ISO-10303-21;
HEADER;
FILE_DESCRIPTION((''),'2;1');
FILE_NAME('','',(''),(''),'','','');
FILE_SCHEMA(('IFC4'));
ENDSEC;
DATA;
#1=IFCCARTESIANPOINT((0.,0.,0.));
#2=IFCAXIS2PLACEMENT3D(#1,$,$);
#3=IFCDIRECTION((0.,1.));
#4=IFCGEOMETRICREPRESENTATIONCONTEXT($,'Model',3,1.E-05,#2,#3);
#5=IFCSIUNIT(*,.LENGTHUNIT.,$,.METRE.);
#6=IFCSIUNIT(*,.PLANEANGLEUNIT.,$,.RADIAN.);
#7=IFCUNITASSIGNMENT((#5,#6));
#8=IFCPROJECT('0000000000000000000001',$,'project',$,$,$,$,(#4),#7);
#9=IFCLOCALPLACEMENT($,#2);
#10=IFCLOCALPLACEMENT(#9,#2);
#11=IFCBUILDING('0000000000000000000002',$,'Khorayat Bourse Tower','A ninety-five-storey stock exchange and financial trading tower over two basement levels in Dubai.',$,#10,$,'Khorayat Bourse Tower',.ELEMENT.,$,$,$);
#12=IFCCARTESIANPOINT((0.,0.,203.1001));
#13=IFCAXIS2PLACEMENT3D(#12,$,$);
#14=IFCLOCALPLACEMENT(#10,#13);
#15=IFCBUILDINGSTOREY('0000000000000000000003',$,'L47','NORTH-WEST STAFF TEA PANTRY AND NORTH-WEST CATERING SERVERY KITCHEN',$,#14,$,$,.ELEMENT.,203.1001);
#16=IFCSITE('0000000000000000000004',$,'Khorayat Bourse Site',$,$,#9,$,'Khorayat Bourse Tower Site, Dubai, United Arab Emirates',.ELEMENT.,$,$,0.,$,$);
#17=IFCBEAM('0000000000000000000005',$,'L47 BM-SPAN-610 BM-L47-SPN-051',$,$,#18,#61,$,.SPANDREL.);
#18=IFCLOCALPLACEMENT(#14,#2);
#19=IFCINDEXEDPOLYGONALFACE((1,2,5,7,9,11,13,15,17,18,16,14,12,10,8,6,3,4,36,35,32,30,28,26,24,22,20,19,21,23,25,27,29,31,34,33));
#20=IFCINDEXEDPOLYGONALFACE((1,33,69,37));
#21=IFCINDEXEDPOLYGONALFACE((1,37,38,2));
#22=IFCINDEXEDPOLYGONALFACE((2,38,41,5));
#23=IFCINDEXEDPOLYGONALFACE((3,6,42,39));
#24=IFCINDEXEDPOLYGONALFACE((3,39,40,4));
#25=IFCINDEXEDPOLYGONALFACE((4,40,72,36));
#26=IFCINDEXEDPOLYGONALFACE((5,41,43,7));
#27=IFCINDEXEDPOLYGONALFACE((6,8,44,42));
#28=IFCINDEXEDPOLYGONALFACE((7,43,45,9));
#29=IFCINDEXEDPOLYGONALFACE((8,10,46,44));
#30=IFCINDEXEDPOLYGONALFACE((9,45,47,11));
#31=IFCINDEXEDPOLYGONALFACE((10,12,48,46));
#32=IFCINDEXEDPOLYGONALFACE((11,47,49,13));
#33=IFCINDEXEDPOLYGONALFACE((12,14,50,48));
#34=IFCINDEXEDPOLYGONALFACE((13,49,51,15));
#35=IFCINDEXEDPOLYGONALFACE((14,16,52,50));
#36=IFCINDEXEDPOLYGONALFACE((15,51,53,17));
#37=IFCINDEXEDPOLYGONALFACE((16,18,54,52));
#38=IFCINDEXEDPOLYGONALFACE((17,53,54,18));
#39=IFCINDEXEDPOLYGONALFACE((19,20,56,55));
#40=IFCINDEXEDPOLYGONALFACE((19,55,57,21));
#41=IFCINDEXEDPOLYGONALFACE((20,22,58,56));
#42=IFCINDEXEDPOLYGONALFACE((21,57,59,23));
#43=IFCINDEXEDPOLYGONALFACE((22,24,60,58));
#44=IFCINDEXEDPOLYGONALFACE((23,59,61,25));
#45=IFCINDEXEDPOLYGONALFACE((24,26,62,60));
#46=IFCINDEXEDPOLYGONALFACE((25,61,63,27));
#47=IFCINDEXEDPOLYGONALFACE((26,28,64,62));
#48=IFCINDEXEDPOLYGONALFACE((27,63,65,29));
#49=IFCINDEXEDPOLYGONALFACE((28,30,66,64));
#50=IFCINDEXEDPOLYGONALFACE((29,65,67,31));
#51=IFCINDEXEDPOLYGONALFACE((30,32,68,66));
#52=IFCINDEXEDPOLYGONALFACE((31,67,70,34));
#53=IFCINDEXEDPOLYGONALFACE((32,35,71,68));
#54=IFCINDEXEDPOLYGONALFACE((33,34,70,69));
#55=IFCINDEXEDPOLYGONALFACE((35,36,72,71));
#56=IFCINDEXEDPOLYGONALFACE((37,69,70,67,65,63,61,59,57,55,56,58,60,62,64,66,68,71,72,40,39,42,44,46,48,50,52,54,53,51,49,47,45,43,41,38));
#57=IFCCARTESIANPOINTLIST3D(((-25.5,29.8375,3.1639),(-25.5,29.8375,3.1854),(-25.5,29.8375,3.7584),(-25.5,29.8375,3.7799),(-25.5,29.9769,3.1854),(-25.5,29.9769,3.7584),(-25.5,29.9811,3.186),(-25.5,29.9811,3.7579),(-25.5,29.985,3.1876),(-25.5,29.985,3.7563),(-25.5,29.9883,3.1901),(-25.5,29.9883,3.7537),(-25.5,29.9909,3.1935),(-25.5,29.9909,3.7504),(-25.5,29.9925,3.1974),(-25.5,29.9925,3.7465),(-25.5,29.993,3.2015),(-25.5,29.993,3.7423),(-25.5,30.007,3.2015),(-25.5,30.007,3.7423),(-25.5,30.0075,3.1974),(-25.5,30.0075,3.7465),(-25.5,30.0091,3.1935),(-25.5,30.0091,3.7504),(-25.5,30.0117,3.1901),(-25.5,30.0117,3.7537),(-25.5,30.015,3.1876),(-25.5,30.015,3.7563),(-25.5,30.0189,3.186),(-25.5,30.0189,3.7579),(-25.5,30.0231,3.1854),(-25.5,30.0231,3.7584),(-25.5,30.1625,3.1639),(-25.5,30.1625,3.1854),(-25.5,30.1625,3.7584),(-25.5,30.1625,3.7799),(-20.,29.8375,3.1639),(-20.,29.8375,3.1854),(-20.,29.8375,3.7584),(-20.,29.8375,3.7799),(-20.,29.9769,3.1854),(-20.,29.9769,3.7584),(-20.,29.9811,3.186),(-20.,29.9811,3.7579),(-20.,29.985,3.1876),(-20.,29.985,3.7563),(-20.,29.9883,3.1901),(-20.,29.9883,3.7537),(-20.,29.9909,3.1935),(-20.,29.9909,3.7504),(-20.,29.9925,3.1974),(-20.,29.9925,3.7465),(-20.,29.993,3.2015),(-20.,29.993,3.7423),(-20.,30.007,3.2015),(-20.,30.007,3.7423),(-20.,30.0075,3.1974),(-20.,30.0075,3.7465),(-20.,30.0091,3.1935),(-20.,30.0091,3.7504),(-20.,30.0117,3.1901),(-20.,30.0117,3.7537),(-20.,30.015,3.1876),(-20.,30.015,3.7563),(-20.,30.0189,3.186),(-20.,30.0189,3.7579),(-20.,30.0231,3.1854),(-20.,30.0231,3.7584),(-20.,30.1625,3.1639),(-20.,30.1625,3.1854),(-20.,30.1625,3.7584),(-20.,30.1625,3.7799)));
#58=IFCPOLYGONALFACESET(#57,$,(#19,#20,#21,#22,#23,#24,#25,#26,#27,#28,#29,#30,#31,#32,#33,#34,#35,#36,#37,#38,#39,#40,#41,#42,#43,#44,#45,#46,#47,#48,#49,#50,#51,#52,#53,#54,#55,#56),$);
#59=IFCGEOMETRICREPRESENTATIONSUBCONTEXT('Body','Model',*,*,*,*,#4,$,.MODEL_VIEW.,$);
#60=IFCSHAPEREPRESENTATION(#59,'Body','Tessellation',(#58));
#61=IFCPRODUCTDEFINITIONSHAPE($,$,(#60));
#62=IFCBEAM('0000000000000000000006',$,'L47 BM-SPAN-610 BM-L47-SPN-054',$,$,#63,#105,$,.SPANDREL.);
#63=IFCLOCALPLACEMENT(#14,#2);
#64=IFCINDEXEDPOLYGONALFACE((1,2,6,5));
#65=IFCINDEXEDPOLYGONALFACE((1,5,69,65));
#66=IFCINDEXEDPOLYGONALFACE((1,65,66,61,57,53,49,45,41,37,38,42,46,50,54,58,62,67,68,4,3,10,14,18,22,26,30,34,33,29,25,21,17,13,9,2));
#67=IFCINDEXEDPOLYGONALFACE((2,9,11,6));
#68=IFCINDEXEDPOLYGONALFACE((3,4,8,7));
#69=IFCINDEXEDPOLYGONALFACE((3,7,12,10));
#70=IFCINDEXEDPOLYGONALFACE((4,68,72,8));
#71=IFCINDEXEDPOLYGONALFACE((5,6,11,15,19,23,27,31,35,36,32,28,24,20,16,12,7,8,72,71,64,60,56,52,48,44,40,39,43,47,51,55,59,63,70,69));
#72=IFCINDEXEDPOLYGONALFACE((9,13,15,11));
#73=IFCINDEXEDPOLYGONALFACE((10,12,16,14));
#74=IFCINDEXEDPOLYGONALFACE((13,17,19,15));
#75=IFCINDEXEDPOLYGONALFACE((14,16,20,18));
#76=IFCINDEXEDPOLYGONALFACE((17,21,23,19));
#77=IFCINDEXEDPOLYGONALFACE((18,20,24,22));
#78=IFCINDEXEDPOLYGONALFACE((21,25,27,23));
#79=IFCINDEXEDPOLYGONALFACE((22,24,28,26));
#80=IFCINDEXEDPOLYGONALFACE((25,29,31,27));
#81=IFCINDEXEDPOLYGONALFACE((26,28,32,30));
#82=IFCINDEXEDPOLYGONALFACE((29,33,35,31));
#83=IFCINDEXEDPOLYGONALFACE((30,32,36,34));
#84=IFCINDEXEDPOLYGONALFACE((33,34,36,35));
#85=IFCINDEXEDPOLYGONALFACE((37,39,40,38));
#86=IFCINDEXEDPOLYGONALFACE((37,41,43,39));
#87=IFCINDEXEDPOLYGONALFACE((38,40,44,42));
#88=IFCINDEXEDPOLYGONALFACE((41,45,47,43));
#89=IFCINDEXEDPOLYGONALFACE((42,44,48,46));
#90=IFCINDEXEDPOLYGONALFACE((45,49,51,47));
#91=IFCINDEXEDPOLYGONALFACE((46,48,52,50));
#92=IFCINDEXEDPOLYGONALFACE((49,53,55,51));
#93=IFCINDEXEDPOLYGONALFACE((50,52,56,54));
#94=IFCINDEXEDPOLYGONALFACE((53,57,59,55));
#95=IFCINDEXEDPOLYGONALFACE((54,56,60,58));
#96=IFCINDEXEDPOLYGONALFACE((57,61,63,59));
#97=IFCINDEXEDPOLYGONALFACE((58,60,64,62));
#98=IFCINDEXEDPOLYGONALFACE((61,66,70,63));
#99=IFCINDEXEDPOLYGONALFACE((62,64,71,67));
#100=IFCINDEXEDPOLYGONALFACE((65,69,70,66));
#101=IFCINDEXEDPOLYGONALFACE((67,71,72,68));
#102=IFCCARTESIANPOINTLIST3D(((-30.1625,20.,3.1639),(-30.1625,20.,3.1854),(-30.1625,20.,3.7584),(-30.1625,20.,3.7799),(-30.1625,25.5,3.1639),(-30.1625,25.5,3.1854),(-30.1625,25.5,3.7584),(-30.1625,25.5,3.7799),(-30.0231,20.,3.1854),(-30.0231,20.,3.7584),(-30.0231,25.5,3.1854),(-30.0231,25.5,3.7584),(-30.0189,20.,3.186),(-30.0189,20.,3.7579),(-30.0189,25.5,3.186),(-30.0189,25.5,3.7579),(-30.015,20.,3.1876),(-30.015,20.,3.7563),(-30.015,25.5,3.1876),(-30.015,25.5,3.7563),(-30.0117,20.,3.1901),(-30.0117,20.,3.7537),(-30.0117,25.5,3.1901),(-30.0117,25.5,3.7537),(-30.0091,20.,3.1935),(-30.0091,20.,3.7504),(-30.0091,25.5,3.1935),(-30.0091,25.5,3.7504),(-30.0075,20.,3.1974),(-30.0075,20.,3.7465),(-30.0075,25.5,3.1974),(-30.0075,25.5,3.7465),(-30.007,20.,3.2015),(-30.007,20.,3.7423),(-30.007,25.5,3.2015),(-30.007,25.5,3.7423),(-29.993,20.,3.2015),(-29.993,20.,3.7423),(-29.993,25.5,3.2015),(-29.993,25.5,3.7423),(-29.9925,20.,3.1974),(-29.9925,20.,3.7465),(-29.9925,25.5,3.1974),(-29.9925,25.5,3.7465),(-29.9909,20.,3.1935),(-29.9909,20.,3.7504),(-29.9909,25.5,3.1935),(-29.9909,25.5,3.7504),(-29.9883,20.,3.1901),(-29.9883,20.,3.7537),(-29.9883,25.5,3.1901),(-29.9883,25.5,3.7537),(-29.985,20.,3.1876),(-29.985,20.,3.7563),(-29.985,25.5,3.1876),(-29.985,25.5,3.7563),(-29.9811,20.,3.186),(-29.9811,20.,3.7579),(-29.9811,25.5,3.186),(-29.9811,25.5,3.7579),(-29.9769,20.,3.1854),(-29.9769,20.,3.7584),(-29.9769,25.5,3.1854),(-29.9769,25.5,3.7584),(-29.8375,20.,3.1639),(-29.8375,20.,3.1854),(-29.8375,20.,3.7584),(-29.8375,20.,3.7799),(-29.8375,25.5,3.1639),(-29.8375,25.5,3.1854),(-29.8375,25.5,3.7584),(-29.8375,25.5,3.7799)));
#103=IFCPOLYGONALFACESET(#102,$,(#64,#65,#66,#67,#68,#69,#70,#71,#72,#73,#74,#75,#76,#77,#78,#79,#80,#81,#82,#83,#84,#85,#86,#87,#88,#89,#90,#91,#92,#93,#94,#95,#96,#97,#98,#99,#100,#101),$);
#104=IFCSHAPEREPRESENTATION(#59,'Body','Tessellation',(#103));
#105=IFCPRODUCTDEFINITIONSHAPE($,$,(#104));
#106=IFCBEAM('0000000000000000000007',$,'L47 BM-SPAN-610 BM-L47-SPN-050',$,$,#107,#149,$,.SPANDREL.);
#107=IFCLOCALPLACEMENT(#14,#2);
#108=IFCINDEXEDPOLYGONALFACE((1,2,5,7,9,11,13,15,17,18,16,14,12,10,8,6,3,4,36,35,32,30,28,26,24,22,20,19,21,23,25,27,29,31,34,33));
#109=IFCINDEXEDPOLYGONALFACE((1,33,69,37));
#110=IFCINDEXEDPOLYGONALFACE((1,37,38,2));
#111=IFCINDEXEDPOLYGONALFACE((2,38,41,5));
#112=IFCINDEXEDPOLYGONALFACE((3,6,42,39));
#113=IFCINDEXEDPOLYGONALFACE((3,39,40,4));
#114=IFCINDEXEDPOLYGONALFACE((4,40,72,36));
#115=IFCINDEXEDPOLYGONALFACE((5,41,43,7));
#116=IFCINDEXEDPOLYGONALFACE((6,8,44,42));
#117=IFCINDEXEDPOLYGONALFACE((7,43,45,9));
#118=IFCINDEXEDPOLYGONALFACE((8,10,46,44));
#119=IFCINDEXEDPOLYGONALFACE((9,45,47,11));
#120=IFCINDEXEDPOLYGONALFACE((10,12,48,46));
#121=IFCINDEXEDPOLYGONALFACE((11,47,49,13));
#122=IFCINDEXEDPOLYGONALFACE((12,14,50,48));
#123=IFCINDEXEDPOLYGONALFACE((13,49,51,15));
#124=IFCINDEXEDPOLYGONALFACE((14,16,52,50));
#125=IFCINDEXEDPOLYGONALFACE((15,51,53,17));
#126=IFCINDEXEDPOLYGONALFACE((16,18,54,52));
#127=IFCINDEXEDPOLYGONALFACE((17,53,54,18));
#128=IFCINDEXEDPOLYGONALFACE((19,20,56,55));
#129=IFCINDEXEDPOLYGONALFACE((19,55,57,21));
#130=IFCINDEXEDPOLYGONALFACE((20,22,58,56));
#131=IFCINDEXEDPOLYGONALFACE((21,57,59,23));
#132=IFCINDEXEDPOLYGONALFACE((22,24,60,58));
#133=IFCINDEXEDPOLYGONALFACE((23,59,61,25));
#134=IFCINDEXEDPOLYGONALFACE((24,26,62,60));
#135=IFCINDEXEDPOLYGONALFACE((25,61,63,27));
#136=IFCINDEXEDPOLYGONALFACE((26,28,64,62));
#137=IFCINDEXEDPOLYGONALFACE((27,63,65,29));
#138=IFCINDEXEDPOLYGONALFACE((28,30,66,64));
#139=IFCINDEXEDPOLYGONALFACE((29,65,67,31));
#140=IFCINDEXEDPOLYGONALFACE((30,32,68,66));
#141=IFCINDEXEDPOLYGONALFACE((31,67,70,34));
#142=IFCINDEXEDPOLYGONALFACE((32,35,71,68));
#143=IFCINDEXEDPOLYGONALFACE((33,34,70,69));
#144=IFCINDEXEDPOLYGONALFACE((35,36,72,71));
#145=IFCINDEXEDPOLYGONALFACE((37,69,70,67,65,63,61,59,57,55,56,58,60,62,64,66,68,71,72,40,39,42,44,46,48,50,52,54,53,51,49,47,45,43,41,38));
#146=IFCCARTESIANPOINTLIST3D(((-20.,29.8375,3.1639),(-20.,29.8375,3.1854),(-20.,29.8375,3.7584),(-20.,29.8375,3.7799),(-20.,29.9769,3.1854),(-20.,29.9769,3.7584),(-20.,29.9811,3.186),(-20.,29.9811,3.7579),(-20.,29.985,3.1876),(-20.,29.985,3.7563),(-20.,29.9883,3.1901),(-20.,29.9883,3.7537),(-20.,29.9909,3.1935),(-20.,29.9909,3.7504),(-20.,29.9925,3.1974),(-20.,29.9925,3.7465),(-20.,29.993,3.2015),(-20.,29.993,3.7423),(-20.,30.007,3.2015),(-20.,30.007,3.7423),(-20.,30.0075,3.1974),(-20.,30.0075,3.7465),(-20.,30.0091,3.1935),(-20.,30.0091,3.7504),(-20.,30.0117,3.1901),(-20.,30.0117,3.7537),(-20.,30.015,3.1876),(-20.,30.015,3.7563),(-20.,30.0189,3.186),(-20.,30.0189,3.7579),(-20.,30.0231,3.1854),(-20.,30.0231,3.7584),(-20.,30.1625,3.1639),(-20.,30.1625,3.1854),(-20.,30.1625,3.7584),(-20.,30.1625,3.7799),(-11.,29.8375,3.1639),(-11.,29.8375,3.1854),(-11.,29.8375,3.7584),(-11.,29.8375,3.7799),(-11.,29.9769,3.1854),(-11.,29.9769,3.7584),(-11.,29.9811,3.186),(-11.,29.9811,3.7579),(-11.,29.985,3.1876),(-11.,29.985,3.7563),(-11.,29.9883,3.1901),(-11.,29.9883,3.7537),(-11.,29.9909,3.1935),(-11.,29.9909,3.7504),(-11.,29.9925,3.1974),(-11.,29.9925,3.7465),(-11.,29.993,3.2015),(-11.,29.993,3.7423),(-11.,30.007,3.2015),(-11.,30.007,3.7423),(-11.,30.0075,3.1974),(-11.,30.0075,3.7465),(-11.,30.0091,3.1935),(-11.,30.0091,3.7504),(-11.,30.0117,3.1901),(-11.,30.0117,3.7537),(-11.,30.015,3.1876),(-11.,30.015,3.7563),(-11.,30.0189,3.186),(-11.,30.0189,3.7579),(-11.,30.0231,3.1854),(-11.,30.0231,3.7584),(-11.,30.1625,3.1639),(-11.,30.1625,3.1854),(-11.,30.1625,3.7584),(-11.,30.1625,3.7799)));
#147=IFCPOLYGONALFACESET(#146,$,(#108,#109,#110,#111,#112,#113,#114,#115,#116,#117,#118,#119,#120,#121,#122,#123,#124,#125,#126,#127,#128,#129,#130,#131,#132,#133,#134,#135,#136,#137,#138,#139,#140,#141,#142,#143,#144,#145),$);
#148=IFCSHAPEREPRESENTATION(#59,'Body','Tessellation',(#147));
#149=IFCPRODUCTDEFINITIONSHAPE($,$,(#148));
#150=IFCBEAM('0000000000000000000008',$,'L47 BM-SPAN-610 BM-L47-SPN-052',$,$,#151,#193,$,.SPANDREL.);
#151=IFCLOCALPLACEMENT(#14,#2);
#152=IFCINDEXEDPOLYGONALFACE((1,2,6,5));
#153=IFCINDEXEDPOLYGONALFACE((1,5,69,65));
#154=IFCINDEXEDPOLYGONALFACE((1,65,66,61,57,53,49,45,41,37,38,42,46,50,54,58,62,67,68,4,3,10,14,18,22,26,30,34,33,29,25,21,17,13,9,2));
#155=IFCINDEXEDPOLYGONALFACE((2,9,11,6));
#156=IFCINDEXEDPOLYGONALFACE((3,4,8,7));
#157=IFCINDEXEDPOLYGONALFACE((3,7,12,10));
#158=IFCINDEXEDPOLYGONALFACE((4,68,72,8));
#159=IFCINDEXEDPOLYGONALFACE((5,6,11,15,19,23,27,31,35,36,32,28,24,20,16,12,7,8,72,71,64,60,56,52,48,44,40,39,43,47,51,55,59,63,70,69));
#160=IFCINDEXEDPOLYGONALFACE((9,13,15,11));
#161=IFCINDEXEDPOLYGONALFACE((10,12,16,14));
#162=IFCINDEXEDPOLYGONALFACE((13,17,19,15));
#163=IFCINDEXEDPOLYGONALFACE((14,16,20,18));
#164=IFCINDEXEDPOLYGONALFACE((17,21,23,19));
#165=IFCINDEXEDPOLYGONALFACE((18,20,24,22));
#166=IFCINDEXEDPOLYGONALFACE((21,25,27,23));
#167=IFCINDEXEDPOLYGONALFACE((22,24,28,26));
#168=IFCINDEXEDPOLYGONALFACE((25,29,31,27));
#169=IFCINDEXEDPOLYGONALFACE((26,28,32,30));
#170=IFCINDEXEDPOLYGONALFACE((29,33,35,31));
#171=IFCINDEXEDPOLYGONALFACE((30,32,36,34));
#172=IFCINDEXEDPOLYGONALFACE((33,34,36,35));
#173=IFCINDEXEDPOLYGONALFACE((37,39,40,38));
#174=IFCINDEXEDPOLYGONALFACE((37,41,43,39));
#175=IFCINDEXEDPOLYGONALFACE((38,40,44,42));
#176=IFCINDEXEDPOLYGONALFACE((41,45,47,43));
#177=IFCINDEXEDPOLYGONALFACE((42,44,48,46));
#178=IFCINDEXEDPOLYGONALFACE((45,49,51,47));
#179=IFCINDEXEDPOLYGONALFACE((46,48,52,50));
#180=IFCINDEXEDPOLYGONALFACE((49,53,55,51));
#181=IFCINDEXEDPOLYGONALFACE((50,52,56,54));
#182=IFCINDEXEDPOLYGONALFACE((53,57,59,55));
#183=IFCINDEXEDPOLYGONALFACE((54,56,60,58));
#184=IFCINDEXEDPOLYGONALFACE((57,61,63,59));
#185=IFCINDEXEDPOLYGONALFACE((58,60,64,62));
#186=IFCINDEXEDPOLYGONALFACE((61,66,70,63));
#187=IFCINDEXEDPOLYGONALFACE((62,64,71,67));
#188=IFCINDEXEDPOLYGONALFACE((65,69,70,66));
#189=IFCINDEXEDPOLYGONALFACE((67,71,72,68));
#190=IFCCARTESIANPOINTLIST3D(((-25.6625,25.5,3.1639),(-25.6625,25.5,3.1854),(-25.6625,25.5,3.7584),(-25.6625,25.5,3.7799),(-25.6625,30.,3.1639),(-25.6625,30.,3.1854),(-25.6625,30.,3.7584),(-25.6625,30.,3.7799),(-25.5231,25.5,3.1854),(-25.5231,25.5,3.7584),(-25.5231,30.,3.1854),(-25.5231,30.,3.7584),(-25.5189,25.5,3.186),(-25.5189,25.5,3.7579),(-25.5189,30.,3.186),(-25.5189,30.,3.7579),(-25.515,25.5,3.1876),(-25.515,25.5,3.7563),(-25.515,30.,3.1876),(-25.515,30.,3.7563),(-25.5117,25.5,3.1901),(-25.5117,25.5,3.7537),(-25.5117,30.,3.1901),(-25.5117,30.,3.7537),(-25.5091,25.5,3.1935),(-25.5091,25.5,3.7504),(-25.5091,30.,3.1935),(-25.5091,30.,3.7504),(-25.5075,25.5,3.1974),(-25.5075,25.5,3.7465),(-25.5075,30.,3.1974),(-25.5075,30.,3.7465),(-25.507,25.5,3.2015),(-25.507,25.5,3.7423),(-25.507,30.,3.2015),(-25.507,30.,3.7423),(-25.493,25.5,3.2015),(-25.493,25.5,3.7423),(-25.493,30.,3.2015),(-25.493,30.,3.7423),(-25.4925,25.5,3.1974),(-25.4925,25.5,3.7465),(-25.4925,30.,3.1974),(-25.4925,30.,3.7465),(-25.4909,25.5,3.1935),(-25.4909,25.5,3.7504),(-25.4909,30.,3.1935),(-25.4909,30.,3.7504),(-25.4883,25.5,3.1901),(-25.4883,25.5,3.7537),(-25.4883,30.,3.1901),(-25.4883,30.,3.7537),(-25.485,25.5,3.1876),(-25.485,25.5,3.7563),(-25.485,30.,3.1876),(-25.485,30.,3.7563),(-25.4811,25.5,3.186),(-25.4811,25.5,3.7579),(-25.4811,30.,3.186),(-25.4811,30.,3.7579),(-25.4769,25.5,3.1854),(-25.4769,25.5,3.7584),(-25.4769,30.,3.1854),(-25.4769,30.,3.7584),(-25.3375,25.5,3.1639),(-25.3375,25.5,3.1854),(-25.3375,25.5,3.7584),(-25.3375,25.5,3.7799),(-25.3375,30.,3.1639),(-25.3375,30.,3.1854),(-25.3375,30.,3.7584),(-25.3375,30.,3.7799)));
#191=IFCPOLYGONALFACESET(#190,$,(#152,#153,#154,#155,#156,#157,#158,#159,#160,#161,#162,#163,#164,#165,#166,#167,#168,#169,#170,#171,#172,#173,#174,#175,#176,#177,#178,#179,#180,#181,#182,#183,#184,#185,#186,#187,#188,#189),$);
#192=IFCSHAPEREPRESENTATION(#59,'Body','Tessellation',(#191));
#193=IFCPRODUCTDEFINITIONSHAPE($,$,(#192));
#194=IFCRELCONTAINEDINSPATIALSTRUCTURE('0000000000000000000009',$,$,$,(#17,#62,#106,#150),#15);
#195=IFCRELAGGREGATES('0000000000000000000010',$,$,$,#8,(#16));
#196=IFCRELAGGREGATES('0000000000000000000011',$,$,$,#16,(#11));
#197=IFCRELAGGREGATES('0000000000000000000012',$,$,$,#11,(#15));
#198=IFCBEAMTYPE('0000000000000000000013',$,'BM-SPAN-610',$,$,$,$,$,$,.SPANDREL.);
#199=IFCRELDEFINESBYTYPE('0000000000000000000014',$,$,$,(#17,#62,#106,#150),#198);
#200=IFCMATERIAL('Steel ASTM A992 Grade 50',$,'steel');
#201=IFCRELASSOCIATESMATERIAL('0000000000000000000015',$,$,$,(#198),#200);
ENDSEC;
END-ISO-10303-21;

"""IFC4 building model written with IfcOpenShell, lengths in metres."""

from ifc_helpers import new_model, si_unit, direction, frame, origin, origin_2d, place, context, subcontext, project, spatial, i_section, extrude, source, transform, mapped, material, material_profile, profile_set, type_object, element, save


model = new_model("IFC4")

# Units and contexts
model_context = context("Model", 3, precision=1e-05, world=origin(), true_north=direction((0.0, 1.0)))
body_context = subcontext(model_context, "Body", "Model", "MODEL_VIEW")
ifc_project = project(units=[si_unit("LENGTHUNIT", "METRE"), si_unit("PLANEANGLEUNIT", "RADIAN")], contexts=[model_context])

# Site, building, storey
site_placement = place(None, origin())
site = spatial("IfcSite", under=ifc_project, at=site_placement, Name="Khorayat Bourse Site", LongName="Khorayat Bourse Tower Site, Dubai, United Arab Emirates", CompositionType="ELEMENT", RefElevation=0.0)
building_placement = place(site_placement, origin())
building = spatial("IfcBuilding", under=site, at=building_placement, Name="Khorayat Bourse Tower", Description="A ninety-five-storey stock exchange and financial trading tower over two basement levels in Dubai.", LongName="Khorayat Bourse Tower", CompositionType="ELEMENT")
storey_placement = place(building_placement, frame((0.0, 0.0, 203.1001)))
storey = spatial("IfcBuildingStorey", under=building, at=storey_placement, Name="L47", Description="NORTH-WEST STAFF TEA PANTRY AND NORTH-WEST CATERING SERVERY KITCHEN", CompositionType="ELEMENT", Elevation=203.1001)

# Beams
ifc_material_1 = material(Name="Steel ASTM A992 Grade 50", Category="steel")
ifc_material_profile_1 = material_profile(ifc_material_1, i_section(OverallWidth=0.325, OverallDepth=0.616, WebThickness=0.0139, FlangeThickness=0.0215, FilletRadius=0.0161, at=origin_2d()), Name="W610X174")
ifc_profile_set_1 = profile_set([ifc_material_profile_1], Name="Steel ASTM A992 Grade 50")
beam_type_1 = type_object("IfcBeamType", Name="BM-SPAN-610", PredefinedType="SPANDREL", material=ifc_profile_set_1)
shared_shape_1 = source(origin(), body_context, "Body", "SweptSolid", [
    extrude(i_section(OverallWidth=0.325, OverallDepth=0.616, WebThickness=0.0139, FlangeThickness=0.0215, FilletRadius=0.0161, at=origin_2d()), origin(), (0.0, 0.0, 1.0), 5.5),
])
for number, where, z_axis, x_axis, name in (
    (1, (-25.5, 30.0, 3.4719), (1.0, 0.0, 0.0), (0.0, 1.0, 0.0), "L47 BM-SPAN-610 BM-L47-SPN-051"),
    (2, (-30.0, 20.0, 3.4719), (0.0, 1.0, 0.0), (-1.0, 0.0, 0.0), "L47 BM-SPAN-610 BM-L47-SPN-054"),
):
    element("IfcBeam", number, at=place(storey_placement, frame(where, z_axis=z_axis, x_axis=x_axis)), inside=storey, type_object=beam_type_1, Name=name, PredefinedType="SPANDREL", context=body_context, shape_type="MappedRepresentation", body=[
        mapped(shared_shape_1, transform((0.0, 0.0, 0.0), scale=1.0)),
    ])
shared_shape_2 = source(origin(), body_context, "Body", "SweptSolid", [
    extrude(i_section(OverallWidth=0.325, OverallDepth=0.616, WebThickness=0.0139, FlangeThickness=0.0215, FilletRadius=0.0161, at=origin_2d()), origin(), (0.0, 0.0, 1.0), 9.0),
])
beam_1_placement = place(storey_placement, frame((-20.0, 30.0, 3.4719), z_axis=(1.0, 0.0, 0.0), x_axis=(0.0, 1.0, 0.0)))
element("IfcBeam", 3, at=beam_1_placement, inside=storey, type_object=beam_type_1, Name="L47 BM-SPAN-610 BM-L47-SPN-050", PredefinedType="SPANDREL", context=body_context, shape_type="MappedRepresentation", body=[
    mapped(shared_shape_2, transform((0.0, 0.0, 0.0), scale=1.0)),
])
shared_shape_3 = source(origin(), body_context, "Body", "SweptSolid", [
    extrude(i_section(OverallWidth=0.325, OverallDepth=0.616, WebThickness=0.0139, FlangeThickness=0.0215, FilletRadius=0.0161, at=origin_2d()), origin(), (0.0, 0.0, 1.0), 4.5),
])
for number, where, z_axis, x_axis, name in (
    (4, (-25.5, 25.5, 3.4719), (0.0, 1.0, 0.0), (-1.0, 0.0, 0.0), "L47 BM-SPAN-610 BM-L47-SPN-052"),
):
    element("IfcBeam", number, at=place(storey_placement, frame(where, z_axis=z_axis, x_axis=x_axis)), inside=storey, type_object=beam_type_1, Name=name, PredefinedType="SPANDREL", context=body_context, shape_type="MappedRepresentation", body=[
        mapped(shared_shape_3, transform((0.0, 0.0, 0.0), scale=1.0)),
    ])

save(model, "model.ifc")
